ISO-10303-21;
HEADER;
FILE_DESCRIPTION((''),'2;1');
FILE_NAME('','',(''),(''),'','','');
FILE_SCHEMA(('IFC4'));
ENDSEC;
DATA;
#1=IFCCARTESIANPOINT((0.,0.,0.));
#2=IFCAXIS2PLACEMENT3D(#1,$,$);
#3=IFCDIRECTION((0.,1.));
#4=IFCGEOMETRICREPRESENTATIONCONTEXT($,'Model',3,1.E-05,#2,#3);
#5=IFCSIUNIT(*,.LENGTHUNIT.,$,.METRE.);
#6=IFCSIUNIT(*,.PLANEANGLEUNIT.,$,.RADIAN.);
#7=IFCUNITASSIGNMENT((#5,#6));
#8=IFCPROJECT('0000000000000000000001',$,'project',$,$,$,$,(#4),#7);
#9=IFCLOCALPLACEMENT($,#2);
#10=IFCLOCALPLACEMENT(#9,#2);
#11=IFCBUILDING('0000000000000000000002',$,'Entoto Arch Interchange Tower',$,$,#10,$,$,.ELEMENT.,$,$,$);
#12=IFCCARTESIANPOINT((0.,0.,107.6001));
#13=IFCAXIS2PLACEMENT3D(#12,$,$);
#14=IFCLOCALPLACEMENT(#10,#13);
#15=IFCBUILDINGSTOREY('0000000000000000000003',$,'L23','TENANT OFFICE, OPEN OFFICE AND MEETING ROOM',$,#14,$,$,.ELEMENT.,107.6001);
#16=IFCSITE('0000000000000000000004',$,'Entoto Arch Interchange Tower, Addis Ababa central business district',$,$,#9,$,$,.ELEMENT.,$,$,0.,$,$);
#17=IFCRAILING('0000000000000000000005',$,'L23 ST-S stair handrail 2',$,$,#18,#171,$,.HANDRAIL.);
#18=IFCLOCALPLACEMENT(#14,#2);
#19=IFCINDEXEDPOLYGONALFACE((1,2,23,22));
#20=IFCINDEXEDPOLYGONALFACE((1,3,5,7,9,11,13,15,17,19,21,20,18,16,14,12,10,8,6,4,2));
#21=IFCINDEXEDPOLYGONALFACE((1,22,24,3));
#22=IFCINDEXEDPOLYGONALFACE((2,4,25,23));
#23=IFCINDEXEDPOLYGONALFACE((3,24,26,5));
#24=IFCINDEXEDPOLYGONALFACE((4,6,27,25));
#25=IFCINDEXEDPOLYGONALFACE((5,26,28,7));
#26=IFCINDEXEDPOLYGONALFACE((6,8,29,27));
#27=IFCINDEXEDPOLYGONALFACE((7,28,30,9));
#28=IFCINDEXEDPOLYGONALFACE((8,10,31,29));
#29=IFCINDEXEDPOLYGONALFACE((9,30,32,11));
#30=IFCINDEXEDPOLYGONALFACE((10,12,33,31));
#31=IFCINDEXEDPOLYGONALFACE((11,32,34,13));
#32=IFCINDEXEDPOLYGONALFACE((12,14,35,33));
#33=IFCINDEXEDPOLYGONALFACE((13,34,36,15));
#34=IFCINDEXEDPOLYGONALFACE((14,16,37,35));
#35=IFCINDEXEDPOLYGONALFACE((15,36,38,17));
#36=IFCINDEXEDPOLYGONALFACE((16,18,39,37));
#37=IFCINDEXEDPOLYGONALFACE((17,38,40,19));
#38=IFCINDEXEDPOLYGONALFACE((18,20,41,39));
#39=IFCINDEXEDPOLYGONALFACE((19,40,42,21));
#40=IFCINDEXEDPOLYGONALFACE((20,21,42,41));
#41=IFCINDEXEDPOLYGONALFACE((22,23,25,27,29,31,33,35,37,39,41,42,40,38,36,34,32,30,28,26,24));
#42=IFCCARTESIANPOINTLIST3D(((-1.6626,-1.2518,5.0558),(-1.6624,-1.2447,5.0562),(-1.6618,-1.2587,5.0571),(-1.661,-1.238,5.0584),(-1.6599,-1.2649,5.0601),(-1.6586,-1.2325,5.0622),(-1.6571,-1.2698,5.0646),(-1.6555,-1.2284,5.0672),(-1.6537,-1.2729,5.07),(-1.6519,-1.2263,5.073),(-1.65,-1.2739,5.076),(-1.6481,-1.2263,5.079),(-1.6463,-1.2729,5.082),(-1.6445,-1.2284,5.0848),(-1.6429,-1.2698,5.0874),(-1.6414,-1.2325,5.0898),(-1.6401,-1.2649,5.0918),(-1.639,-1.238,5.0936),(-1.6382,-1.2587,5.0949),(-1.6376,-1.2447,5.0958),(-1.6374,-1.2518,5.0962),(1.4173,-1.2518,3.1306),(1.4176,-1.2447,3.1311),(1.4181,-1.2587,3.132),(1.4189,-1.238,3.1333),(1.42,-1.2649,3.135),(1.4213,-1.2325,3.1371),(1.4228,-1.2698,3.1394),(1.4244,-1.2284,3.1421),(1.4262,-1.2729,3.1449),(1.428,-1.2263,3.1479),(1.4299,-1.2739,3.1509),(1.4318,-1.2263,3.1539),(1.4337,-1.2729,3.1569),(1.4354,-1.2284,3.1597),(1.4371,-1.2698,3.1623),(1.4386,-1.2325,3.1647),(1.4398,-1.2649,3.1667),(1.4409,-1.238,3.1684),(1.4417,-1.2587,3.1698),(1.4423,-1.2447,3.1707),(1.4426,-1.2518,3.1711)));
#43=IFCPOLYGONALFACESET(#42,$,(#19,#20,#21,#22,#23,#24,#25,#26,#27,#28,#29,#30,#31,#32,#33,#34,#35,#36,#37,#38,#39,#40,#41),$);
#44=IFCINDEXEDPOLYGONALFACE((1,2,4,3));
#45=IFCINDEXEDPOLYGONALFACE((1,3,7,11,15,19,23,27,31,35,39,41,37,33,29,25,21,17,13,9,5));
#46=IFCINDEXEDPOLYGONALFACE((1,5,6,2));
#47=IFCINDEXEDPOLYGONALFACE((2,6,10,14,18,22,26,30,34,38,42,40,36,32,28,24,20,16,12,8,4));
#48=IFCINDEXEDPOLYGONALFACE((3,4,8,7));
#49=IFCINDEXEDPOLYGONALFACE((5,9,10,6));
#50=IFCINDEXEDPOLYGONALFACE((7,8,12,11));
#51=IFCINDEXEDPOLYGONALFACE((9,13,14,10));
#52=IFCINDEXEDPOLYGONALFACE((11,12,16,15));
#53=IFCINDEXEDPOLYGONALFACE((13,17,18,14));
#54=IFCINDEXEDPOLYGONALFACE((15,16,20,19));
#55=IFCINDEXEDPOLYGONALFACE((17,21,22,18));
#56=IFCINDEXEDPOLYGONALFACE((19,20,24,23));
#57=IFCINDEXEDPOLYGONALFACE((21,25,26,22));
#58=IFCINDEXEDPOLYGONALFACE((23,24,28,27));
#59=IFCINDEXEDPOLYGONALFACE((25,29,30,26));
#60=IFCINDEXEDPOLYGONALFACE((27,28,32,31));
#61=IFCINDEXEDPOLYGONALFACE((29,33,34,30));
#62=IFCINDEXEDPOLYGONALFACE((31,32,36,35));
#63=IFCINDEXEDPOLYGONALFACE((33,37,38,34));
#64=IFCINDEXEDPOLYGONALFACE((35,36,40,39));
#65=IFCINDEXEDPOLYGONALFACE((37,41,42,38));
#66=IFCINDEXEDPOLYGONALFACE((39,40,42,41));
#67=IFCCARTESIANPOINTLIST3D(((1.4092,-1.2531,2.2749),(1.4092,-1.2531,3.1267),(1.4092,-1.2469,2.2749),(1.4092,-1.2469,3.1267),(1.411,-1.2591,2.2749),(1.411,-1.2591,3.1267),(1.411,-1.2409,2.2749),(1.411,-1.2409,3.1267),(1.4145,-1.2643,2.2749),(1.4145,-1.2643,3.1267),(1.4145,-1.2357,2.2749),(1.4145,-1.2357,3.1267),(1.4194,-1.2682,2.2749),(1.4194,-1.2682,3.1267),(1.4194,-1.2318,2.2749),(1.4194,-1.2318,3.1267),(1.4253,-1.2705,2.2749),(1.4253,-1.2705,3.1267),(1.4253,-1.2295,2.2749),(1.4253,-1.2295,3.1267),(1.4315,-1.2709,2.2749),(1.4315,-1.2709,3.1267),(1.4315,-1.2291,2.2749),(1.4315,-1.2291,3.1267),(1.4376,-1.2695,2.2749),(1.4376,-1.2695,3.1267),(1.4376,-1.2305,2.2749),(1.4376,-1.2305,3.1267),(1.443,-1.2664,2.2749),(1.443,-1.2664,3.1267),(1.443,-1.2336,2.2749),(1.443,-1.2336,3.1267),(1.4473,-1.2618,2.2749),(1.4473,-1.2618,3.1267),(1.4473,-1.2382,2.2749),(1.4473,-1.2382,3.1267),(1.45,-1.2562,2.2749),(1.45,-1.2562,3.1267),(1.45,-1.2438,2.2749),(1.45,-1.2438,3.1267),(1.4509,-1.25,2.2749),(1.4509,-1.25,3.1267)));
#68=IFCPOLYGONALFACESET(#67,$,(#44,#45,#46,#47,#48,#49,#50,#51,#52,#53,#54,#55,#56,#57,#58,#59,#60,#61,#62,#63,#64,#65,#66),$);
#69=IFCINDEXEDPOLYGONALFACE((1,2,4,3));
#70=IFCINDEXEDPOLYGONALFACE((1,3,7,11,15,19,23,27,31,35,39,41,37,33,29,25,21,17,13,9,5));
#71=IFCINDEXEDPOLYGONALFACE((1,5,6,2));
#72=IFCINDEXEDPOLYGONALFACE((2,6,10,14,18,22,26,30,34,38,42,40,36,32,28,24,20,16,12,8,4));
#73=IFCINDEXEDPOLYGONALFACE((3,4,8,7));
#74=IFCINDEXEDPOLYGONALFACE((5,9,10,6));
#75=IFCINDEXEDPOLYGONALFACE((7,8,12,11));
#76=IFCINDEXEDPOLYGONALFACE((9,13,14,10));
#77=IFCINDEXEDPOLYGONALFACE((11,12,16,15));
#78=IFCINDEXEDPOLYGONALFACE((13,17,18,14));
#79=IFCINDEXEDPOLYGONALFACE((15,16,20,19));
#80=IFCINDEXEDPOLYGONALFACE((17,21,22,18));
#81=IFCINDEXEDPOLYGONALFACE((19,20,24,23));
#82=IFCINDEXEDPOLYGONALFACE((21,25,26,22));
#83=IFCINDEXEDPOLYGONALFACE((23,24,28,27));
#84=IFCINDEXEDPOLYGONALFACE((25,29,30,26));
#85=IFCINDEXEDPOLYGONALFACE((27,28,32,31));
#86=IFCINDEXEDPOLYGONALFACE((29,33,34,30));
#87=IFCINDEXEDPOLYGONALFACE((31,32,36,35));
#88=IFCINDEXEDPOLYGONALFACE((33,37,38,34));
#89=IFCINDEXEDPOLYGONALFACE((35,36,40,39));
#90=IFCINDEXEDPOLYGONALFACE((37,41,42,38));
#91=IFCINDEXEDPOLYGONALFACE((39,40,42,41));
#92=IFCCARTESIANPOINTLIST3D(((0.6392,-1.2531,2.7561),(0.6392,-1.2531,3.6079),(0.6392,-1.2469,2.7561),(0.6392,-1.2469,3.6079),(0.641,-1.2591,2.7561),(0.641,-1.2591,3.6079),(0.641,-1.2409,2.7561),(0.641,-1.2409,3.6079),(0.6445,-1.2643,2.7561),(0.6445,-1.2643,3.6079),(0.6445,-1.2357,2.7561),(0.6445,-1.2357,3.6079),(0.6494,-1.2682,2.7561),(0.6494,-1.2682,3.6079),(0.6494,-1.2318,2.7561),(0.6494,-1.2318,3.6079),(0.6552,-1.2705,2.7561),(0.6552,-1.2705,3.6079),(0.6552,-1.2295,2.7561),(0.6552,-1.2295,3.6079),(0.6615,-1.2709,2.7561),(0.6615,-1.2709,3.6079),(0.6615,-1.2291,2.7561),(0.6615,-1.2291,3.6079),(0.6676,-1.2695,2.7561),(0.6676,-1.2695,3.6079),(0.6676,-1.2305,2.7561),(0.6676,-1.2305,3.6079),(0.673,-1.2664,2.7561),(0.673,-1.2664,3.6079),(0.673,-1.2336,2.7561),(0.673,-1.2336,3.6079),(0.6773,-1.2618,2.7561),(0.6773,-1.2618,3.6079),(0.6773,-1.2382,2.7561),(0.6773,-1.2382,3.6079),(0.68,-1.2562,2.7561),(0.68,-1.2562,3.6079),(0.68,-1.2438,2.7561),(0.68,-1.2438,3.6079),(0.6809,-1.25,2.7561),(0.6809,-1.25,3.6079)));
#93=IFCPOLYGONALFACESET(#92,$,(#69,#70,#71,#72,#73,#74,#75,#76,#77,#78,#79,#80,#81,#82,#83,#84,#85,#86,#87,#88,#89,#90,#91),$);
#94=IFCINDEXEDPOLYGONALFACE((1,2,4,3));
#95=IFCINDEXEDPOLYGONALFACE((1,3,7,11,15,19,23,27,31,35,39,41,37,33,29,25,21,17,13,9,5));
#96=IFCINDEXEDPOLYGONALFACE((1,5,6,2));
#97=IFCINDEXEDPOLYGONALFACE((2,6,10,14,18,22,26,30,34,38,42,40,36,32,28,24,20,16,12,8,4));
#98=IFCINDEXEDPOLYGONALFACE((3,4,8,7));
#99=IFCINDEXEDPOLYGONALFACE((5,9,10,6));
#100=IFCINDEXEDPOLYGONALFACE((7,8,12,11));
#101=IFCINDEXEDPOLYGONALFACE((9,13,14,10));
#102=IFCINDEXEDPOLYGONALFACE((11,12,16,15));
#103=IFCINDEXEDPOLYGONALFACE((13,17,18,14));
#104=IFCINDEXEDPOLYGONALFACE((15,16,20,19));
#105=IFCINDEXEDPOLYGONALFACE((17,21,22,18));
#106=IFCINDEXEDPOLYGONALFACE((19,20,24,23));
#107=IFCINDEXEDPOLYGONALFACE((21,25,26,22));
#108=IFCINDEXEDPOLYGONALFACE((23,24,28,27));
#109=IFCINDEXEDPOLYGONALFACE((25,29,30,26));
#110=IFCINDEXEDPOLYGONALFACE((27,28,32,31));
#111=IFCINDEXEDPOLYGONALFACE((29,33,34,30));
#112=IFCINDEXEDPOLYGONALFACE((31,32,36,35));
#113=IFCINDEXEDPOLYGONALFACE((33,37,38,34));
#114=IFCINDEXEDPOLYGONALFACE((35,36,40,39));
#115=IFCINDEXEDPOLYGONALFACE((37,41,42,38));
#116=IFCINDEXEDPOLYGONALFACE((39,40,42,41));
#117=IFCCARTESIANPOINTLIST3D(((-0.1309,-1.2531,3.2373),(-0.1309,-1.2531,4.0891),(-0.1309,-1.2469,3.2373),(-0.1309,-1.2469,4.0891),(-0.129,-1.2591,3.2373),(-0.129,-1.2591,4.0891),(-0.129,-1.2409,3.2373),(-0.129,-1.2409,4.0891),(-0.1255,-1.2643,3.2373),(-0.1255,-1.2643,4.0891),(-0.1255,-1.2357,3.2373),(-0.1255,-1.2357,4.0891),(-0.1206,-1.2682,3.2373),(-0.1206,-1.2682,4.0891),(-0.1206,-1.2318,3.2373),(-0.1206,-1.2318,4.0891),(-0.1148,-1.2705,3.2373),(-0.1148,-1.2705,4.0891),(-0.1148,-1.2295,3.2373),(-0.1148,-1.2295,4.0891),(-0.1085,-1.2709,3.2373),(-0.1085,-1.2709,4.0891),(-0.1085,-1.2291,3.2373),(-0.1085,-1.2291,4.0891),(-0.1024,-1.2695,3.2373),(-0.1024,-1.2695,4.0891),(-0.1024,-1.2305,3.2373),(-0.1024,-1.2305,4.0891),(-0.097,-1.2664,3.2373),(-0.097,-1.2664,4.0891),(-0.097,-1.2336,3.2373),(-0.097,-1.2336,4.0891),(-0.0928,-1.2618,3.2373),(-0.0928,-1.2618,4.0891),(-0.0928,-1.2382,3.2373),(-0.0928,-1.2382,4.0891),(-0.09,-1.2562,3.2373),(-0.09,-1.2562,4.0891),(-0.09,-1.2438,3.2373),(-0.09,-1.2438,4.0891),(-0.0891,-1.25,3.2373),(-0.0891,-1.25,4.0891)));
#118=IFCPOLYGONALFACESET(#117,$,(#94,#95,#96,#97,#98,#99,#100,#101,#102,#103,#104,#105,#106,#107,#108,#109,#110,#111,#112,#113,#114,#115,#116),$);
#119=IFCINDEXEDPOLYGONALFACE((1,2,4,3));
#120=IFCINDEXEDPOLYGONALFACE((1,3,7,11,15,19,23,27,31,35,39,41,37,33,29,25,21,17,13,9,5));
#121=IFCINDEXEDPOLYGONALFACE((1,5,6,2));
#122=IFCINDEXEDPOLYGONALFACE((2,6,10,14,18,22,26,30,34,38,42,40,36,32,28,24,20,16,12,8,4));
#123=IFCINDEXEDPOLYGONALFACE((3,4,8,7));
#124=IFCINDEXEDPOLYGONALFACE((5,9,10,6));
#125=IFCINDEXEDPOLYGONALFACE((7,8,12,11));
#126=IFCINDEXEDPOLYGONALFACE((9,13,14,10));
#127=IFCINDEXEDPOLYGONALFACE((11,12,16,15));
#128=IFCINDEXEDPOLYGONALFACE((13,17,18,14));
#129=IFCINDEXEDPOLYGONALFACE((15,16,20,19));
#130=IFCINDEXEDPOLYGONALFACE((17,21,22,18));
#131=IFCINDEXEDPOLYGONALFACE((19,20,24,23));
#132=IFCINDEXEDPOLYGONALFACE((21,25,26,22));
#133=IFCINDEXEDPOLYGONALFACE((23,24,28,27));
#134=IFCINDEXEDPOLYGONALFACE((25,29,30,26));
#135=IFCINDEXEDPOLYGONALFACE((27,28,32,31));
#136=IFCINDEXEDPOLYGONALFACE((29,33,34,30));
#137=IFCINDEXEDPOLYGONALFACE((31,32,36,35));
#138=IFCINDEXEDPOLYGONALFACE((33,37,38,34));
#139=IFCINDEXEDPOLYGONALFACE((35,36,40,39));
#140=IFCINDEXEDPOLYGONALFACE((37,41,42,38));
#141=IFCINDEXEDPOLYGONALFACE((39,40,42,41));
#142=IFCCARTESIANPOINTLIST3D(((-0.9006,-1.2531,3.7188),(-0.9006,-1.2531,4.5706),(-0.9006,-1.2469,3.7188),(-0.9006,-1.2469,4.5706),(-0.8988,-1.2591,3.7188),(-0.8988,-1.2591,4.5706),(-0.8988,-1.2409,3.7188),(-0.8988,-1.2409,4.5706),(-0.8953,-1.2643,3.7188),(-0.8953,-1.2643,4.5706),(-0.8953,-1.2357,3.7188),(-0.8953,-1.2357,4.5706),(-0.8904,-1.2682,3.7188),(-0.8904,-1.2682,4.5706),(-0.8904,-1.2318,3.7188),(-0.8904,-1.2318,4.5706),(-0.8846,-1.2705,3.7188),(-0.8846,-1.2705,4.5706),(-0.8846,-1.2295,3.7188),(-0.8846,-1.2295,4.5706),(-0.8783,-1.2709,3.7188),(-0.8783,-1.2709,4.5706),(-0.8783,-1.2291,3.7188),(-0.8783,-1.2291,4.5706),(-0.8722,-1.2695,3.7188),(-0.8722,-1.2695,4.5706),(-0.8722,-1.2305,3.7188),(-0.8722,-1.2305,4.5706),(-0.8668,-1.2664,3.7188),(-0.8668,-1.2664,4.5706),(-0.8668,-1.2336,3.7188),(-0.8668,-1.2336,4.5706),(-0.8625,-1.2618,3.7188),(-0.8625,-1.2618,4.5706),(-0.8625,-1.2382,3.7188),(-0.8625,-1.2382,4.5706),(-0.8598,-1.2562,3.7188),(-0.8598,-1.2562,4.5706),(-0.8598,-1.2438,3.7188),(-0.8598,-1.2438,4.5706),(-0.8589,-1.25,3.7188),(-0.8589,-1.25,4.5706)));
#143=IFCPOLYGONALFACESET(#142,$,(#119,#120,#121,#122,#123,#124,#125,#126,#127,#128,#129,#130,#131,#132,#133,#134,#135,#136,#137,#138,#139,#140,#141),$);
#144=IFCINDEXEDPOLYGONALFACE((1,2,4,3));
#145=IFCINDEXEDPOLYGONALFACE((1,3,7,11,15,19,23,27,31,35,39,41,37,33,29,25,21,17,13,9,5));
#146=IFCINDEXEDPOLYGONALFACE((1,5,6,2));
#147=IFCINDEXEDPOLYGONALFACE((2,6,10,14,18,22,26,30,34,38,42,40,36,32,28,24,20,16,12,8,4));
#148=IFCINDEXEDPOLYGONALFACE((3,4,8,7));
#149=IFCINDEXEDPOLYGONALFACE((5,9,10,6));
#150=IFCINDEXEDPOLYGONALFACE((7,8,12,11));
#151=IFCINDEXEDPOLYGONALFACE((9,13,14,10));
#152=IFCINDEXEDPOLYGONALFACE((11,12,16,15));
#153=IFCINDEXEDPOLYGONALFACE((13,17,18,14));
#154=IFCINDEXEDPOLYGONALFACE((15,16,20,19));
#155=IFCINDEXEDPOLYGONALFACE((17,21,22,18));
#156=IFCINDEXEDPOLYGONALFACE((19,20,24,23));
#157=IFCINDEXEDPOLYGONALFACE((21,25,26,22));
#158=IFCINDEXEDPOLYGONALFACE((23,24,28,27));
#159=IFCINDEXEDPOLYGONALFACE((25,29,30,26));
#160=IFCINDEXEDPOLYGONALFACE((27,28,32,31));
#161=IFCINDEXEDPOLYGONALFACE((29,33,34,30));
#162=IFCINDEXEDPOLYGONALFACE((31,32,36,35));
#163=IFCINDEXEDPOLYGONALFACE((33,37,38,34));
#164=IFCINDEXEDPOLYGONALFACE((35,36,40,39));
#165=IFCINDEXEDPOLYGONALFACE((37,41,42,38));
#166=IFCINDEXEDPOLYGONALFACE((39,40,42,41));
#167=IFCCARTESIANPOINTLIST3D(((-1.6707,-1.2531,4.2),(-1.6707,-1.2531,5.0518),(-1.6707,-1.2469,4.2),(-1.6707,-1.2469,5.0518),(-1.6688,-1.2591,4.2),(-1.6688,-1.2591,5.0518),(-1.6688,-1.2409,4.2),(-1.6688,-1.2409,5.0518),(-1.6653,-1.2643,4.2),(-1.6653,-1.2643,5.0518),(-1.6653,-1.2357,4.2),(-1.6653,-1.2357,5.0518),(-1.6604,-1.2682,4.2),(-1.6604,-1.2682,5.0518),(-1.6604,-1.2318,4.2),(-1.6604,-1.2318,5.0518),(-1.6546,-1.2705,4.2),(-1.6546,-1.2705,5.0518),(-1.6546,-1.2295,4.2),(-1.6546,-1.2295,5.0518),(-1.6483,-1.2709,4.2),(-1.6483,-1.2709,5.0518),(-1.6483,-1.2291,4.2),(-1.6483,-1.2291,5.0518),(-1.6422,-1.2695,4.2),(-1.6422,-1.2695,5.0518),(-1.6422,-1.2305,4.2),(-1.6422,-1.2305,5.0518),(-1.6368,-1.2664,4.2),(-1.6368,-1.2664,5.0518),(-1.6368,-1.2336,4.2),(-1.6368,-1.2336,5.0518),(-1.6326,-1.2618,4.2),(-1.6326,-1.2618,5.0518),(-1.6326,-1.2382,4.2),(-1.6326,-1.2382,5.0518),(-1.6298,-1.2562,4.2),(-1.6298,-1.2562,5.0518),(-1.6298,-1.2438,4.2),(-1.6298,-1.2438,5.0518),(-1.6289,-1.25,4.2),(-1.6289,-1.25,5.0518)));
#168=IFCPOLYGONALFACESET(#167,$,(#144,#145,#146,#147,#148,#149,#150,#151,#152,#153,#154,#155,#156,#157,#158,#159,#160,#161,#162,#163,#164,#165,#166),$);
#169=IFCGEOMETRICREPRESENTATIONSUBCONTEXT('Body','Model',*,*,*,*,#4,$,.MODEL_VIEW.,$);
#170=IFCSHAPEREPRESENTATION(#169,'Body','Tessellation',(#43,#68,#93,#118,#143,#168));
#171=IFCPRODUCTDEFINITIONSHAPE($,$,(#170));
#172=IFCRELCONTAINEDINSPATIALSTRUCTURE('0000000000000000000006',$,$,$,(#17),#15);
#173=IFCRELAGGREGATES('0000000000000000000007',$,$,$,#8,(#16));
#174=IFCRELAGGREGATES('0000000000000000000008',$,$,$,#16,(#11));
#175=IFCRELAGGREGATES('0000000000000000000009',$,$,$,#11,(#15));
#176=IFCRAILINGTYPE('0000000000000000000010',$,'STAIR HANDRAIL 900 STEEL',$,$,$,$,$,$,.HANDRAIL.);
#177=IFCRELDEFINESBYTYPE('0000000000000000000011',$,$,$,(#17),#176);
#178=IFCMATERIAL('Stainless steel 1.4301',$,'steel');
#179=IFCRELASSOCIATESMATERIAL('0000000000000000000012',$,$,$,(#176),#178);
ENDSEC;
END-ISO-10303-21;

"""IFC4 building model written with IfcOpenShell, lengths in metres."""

from ifc_helpers import new_model, si_unit, direction, frame, origin, origin_2d, place, context, subcontext, project, spatial, circle, extrude, material, type_object, element, save


model = new_model("IFC4")

# Units and contexts
model_context = context("Model", 3, precision=1e-05, world=origin(), true_north=direction((0.0, 1.0)))
body_context = subcontext(model_context, "Body", "Model", "MODEL_VIEW")
ifc_project = project(units=[si_unit("LENGTHUNIT", "METRE"), si_unit("PLANEANGLEUNIT", "RADIAN")], contexts=[model_context])

# Site, building, storey
site_placement = place(None, origin())
site = spatial("IfcSite", under=ifc_project, at=site_placement, Name="Entoto Arch Interchange Tower, Addis Ababa central business district", CompositionType="ELEMENT", RefElevation=0.0)
building_placement = place(site_placement, origin())
building = spatial("IfcBuilding", under=site, at=building_placement, Name="Entoto Arch Interchange Tower", CompositionType="ELEMENT")
storey_placement = place(building_placement, frame((0.0, 0.0, 107.6001)))
storey = spatial("IfcBuildingStorey", under=building, at=storey_placement, Name="L23", Description="TENANT OFFICE, OPEN OFFICE AND MEETING ROOM", CompositionType="ELEMENT", Elevation=107.6001)

# Railing
ifc_material_1 = material(Name="Stainless steel 1.4301", Category="steel")
railing_type_1 = type_object("IfcRailingType", Name="STAIR HANDRAIL 900 STEEL", PredefinedType="HANDRAIL", material=ifc_material_1)
railing_1_placement = place(storey_placement, frame((1.4299, -1.25, 2.2749)))
element("IfcRailing", 1, at=railing_1_placement, inside=storey, type_object=railing_type_1, Name="L23 ST-S stair handrail 2", PredefinedType="HANDRAIL", context=body_context, shape_type="SweptSolid", body=[
    extrude(circle(Radius=0.0239, at=origin_2d()), frame((0.0, 0.0, 0.876), z_axis=(-0.847979, 0.0, 0.530029), x_axis=(0.0, -1.0, 0.0)), (0.0, 0.0, 1.0), 3.6321),
    extrude(circle(Radius=0.021, at=origin_2d()), origin(), (0.0, 0.0, 1.0), 0.8518),
    extrude(circle(Radius=0.021, at=origin_2d()), frame((-0.77, 0.0, 0.4812)), (0.0, 0.0, 1.0), 0.8518),
    extrude(circle(Radius=0.021, at=origin_2d()), frame((-1.54, 0.0, 0.9624)), (0.0, 0.0, 1.0), 0.8518),
    extrude(circle(Radius=0.021, at=origin_2d()), frame((-2.3098, 0.0, 1.4438)), (0.0, 0.0, 1.0), 0.8518),
    extrude(circle(Radius=0.021, at=origin_2d()), frame((-3.0798, 0.0, 1.925)), (0.0, 0.0, 1.0), 0.8518),
])

save(model, "model.ifc")
